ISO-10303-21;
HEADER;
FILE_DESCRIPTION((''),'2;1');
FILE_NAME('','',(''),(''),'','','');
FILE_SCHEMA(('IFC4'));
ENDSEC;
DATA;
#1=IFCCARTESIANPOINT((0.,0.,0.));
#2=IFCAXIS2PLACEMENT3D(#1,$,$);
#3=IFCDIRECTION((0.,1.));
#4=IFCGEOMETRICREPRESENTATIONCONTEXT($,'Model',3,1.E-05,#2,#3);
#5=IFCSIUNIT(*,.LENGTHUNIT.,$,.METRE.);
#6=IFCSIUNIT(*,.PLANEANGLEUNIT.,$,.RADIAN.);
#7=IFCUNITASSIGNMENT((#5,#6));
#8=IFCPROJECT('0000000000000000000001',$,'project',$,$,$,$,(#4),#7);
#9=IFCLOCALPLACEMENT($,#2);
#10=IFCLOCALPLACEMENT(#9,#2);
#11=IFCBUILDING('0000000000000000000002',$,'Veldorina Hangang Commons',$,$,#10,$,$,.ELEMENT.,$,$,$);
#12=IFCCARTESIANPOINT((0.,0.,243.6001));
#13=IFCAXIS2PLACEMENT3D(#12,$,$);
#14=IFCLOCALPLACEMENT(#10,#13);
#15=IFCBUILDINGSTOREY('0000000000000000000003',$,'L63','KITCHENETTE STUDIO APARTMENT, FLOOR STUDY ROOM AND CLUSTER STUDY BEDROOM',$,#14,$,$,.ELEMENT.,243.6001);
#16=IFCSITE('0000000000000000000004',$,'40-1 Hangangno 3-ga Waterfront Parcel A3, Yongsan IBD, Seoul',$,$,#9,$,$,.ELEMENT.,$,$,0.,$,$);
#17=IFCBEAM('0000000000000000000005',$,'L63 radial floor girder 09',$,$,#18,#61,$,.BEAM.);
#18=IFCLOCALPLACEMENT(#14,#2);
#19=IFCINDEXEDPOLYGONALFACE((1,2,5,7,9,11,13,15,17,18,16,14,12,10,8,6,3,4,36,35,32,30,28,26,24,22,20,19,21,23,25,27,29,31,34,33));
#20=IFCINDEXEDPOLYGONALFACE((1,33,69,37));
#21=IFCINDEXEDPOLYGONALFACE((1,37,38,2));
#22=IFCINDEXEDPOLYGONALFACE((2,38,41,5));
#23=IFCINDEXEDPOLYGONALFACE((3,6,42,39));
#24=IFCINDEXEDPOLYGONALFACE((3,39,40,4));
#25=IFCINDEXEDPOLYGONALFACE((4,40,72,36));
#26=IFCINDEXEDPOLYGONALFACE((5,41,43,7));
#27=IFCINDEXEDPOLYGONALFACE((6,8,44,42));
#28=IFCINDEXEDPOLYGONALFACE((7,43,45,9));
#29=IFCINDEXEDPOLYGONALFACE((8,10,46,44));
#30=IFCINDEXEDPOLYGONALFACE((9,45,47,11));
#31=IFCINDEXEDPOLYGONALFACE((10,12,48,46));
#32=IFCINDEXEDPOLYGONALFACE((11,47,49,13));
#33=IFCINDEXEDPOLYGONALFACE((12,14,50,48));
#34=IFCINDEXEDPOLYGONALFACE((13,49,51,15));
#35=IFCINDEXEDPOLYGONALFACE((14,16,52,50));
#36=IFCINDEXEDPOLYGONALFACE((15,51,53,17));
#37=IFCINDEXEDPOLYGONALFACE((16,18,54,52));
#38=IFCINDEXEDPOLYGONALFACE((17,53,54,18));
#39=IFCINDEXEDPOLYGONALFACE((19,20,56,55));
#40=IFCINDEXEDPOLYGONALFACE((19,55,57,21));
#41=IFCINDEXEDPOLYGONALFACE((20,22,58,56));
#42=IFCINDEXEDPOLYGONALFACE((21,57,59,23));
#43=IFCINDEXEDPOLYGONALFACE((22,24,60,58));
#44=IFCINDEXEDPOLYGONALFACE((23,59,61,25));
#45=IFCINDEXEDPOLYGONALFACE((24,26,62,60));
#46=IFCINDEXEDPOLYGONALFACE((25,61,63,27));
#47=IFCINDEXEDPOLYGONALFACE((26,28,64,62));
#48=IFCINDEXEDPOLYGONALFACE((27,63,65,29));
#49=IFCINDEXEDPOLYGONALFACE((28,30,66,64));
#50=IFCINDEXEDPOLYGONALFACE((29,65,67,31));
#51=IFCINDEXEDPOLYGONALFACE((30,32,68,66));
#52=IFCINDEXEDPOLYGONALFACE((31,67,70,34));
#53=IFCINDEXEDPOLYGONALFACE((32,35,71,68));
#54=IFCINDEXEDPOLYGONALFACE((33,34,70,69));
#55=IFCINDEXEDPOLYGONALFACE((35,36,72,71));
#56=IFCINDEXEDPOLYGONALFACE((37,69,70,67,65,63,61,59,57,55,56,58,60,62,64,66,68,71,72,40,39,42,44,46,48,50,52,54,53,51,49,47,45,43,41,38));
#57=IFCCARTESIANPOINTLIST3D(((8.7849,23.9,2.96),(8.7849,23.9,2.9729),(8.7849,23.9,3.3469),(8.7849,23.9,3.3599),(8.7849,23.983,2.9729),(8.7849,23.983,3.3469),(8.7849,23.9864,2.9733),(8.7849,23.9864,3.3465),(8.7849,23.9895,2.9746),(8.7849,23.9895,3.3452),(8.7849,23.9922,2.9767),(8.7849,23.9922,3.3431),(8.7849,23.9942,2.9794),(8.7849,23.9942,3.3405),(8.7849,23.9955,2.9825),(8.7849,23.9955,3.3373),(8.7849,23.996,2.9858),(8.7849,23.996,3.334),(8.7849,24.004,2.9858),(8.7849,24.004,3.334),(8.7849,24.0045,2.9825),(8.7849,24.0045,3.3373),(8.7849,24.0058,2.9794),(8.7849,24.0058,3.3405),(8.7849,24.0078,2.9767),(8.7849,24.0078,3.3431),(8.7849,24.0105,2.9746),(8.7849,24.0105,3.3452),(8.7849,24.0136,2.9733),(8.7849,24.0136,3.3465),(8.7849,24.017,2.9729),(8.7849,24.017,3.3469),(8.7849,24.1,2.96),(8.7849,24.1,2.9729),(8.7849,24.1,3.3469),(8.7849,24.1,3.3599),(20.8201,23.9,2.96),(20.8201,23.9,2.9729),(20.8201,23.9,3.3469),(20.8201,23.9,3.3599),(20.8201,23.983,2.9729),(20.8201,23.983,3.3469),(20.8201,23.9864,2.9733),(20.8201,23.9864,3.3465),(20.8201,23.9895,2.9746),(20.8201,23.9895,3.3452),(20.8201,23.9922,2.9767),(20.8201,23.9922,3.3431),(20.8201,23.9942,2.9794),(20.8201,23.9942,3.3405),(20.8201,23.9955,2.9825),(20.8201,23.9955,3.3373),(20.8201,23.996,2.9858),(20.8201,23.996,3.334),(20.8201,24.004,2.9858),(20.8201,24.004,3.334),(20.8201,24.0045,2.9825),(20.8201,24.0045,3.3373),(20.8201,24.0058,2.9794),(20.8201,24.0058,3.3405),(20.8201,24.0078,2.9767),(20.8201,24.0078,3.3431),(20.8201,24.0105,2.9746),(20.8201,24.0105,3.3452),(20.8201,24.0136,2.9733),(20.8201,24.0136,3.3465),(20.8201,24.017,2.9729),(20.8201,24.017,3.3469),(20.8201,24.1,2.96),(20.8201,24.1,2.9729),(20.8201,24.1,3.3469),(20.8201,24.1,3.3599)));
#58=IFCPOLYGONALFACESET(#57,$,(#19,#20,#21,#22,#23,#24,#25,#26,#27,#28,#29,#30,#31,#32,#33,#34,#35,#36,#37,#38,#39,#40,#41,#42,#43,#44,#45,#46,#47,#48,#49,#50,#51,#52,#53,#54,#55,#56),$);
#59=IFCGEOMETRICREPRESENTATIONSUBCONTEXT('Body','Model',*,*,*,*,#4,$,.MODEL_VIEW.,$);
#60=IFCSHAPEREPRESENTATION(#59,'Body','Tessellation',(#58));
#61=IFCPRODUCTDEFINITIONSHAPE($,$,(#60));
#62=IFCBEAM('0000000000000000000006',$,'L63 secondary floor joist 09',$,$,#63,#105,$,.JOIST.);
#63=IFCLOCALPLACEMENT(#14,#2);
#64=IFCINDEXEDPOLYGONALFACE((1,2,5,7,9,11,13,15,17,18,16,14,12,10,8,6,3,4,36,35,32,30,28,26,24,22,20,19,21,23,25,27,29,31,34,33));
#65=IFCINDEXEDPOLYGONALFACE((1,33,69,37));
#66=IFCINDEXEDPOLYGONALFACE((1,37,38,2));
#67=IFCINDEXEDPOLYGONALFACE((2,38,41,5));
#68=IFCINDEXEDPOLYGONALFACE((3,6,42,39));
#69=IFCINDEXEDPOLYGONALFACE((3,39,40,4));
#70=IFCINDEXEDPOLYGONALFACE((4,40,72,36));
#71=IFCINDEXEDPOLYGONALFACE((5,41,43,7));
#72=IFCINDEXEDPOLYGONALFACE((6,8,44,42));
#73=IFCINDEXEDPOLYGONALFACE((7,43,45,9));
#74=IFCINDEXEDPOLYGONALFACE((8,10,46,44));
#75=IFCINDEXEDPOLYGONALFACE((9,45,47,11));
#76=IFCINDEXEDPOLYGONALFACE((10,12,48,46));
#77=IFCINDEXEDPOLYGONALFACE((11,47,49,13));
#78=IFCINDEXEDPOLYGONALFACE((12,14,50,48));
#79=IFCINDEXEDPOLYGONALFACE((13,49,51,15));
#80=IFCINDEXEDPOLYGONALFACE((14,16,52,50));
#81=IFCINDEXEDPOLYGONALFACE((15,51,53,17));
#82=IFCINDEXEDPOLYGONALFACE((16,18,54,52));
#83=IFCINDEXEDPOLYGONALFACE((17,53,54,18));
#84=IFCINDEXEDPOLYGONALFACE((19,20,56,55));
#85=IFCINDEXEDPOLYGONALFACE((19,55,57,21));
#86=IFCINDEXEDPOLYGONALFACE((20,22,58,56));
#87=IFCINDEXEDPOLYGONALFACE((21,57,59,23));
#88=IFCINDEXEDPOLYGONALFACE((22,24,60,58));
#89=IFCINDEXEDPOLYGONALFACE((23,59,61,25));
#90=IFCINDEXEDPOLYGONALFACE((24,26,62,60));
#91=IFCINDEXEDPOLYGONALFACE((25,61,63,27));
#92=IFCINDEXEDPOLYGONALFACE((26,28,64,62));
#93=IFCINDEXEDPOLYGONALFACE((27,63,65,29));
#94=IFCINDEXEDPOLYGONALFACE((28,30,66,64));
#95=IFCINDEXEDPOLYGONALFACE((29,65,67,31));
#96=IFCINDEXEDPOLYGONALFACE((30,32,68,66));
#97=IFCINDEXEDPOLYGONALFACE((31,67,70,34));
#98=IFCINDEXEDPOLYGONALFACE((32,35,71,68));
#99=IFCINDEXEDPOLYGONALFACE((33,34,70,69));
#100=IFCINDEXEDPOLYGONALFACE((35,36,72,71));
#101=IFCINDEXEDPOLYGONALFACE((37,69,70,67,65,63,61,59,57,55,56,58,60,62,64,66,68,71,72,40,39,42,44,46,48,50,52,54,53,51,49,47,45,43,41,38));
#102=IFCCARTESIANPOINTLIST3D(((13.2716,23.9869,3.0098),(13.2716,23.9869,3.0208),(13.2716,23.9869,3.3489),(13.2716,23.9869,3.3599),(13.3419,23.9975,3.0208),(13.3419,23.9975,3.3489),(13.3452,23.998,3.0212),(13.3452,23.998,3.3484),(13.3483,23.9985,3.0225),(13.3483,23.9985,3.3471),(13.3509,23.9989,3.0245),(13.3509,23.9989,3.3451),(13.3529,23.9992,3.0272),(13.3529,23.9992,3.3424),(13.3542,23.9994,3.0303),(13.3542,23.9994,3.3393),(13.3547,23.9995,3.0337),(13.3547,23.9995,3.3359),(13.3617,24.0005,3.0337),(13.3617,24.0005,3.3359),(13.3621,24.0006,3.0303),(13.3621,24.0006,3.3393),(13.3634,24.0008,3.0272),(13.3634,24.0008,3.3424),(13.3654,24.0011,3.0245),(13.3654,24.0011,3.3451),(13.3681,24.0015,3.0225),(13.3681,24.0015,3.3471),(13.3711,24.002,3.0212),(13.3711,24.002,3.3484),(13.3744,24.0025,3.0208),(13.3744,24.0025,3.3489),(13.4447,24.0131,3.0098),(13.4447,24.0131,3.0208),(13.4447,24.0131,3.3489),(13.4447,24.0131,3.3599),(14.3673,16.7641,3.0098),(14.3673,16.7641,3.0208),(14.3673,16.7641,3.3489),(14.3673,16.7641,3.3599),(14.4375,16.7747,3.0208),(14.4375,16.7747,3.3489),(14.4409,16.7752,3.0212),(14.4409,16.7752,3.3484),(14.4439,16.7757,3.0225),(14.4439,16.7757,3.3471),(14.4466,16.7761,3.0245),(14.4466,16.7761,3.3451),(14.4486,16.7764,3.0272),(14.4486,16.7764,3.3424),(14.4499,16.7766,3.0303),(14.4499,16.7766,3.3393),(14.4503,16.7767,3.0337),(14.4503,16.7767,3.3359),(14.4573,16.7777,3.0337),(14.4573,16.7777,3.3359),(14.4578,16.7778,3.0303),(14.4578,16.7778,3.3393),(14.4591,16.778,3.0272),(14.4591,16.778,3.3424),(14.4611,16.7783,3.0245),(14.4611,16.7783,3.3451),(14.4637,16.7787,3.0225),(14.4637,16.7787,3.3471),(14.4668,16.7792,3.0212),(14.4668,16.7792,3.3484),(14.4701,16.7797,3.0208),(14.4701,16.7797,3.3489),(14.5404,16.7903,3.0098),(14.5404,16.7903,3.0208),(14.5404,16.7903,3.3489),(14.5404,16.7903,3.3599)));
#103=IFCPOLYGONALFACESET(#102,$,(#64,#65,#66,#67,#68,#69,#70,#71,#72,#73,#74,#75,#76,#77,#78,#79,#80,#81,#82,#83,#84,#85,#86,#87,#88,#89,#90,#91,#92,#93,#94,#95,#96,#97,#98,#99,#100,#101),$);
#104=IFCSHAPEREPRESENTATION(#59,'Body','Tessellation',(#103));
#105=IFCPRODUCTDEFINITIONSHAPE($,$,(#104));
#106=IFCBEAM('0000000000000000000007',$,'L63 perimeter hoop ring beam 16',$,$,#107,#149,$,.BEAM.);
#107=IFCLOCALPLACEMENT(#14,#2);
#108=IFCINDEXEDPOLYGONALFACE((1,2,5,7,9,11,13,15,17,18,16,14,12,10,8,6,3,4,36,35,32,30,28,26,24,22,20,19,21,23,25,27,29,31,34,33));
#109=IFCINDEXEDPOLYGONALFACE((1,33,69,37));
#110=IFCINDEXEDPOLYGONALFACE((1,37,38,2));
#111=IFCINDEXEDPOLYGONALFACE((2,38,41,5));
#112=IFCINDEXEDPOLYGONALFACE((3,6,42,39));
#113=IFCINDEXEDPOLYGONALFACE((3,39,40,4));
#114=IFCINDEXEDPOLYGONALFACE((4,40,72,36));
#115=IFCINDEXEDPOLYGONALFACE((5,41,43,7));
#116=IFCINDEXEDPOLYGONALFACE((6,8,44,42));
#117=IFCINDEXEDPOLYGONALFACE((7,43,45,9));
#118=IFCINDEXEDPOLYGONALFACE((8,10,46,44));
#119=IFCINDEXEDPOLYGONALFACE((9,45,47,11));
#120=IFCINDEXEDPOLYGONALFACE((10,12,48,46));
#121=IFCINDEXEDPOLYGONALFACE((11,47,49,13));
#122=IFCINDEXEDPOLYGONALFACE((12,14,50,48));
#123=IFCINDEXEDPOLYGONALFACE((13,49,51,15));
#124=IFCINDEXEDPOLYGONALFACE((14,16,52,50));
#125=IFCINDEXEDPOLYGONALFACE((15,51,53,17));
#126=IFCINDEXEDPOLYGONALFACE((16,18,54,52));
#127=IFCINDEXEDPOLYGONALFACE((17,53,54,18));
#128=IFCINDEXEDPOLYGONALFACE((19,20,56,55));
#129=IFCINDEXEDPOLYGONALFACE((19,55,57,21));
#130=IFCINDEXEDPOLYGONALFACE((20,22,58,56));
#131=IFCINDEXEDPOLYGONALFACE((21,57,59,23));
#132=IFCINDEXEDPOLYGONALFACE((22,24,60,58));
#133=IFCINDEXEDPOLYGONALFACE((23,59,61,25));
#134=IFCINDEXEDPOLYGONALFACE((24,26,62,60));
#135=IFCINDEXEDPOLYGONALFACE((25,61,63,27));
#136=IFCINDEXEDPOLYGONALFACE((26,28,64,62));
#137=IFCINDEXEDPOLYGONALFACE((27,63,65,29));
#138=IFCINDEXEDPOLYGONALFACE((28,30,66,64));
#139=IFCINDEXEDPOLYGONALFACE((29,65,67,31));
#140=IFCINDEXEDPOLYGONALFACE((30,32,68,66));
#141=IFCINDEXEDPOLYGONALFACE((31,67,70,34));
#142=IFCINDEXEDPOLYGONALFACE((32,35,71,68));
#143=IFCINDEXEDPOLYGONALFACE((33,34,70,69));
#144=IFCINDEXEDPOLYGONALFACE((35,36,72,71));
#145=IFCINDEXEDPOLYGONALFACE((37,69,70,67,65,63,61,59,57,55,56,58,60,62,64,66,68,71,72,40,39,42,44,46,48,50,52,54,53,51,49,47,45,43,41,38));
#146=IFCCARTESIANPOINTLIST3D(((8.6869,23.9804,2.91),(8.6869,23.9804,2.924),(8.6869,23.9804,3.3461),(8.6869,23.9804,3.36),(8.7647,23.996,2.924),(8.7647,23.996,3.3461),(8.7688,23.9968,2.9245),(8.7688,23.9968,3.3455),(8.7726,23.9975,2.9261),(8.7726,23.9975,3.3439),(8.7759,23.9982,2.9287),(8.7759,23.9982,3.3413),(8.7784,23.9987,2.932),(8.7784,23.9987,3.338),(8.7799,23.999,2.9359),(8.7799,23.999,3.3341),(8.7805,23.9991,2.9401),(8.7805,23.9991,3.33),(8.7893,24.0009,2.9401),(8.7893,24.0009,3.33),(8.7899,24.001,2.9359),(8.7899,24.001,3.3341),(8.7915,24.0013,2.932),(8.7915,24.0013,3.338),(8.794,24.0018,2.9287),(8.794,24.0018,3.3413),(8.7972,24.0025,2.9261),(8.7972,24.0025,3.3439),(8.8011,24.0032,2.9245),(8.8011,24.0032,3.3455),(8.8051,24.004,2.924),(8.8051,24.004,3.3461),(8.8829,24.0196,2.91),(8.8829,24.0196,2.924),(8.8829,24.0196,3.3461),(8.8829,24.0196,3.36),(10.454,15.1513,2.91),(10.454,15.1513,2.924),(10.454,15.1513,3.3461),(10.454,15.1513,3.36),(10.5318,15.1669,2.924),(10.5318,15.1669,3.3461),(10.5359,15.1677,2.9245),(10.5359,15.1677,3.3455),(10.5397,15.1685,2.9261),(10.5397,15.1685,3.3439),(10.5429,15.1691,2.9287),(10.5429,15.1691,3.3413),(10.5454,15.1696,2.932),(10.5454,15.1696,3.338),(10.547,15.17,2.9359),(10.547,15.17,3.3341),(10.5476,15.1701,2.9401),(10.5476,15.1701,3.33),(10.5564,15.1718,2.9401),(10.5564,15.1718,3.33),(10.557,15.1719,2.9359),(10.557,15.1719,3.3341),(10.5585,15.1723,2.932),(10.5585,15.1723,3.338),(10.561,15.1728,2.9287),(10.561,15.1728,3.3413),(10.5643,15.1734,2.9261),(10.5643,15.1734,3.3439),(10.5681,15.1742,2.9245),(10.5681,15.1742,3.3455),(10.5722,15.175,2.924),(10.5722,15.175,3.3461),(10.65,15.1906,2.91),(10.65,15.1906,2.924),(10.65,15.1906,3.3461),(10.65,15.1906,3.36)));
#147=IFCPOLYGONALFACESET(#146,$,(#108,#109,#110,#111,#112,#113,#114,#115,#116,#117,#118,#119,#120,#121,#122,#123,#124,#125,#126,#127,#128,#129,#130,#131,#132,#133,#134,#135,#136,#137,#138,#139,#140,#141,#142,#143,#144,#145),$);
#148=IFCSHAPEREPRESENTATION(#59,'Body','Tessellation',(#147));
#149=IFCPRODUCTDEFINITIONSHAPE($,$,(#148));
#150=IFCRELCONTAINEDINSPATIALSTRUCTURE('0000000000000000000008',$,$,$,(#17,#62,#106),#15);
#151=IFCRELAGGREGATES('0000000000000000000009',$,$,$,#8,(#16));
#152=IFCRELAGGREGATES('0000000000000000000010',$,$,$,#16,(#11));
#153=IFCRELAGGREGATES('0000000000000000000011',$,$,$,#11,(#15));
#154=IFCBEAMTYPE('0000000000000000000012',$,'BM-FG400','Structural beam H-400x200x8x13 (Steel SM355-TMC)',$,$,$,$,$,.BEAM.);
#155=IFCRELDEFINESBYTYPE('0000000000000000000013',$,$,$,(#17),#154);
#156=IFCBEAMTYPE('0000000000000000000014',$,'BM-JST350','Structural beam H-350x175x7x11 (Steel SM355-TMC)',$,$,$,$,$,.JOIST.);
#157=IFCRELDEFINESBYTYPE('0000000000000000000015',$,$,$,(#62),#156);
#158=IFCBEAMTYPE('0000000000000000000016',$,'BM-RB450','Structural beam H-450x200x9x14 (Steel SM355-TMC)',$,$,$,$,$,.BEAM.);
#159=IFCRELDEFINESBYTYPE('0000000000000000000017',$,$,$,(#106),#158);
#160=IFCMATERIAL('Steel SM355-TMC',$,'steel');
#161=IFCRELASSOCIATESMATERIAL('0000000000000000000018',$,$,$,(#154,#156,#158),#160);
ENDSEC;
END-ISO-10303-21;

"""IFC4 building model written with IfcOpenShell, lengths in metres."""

from ifc_helpers import new_model, si_unit, direction, frame, origin, origin_2d, place, context, subcontext, project, spatial, i_section, extrude, material, material_profile, profile_set, type_object, element, save


model = new_model("IFC4")

# Units and contexts
model_context = context("Model", 3, precision=1e-05, world=origin(), true_north=direction((0.0, 1.0)))
body_context = subcontext(model_context, "Body", "Model", "MODEL_VIEW")
ifc_project = project(units=[si_unit("LENGTHUNIT", "METRE"), si_unit("PLANEANGLEUNIT", "RADIAN")], contexts=[model_context])

# Site, building, storey
site_placement = place(None, origin())
site = spatial("IfcSite", under=ifc_project, at=site_placement, Name="40-1 Hangangno 3-ga Waterfront Parcel A3, Yongsan IBD, Seoul", CompositionType="ELEMENT", RefElevation=0.0)
building_placement = place(site_placement, origin())
building = spatial("IfcBuilding", under=site, at=building_placement, Name="Veldorina Hangang Commons", CompositionType="ELEMENT")
storey_placement = place(building_placement, frame((0.0, 0.0, 243.6001)))
storey = spatial("IfcBuildingStorey", under=building, at=storey_placement, Name="L63", Description="KITCHENETTE STUDIO APARTMENT, FLOOR STUDY ROOM AND CLUSTER STUDY BEDROOM", CompositionType="ELEMENT", Elevation=243.6001)

# Beams
ifc_material_1 = material(Name="Steel SM355-TMC", Category="steel")
ifc_material_profile_1 = material_profile(ifc_material_1, i_section(OverallWidth=0.2, OverallDepth=0.3999, WebThickness=0.0081, FlangeThickness=0.0129, FilletRadius=0.0129, at=origin_2d()), Name="H-400x200x8x13")
ifc_profile_set_1 = profile_set([ifc_material_profile_1], Name="Steel SM355-TMC")
beam_type_1 = type_object("IfcBeamType", Name="BM-FG400", Description="Structural beam H-400x200x8x13 (Steel SM355-TMC)", PredefinedType="BEAM", material=ifc_profile_set_1)
beam_1_placement = place(storey_placement, frame((20.8201, 24.0, 3.1599), z_axis=(-1.0, 0.0, 0.0), x_axis=(0.0, -1.0, 0.0)))
element("IfcBeam", 1, at=beam_1_placement, inside=storey, type_object=beam_type_1, Name="L63 radial floor girder 09", PredefinedType="BEAM", context=body_context, shape_type="SweptSolid", body=[
    extrude(i_section(OverallWidth=0.2, OverallDepth=0.3999, WebThickness=0.0081, FlangeThickness=0.0129, FilletRadius=0.0129, at=origin_2d()), origin(), (0.0, 0.0, 1.0), 12.0352),
])
ifc_material_profile_2 = material_profile(ifc_material_1, i_section(OverallWidth=0.175, OverallDepth=0.3501, WebThickness=0.0071, FlangeThickness=0.011, FilletRadius=0.0129, at=origin_2d()), Name="H-350x175x7x11")
ifc_profile_set_2 = profile_set([ifc_material_profile_2], Name="Steel SM355-TMC")
beam_type_2 = type_object("IfcBeamType", Name="BM-JST350", Description="Structural beam H-350x175x7x11 (Steel SM355-TMC)", PredefinedType="JOIST", material=ifc_profile_set_2)
beam_2_placement = place(storey_placement, frame((13.3582, 24.0, 3.1848), z_axis=(0.149983, -0.988689, 0.0), x_axis=(0.988689, 0.149983, 0.0)))
element("IfcBeam", 2, at=beam_2_placement, inside=storey, type_object=beam_type_2, Name="L63 secondary floor joist 09", PredefinedType="JOIST", context=body_context, shape_type="SweptSolid", body=[
    extrude(i_section(OverallWidth=0.175, OverallDepth=0.3501, WebThickness=0.0071, FlangeThickness=0.011, FilletRadius=0.0129, at=origin_2d()), origin(), (0.0, 0.0, 1.0), 7.3054),
])
ifc_material_profile_3 = material_profile(ifc_material_1, i_section(OverallWidth=0.2, OverallDepth=0.45, WebThickness=0.009, FlangeThickness=0.0139, FilletRadius=0.0161, at=origin_2d()), Name="H-450x200x9x14")
ifc_profile_set_3 = profile_set([ifc_material_profile_3], Name="Steel SM355-TMC")
beam_type_3 = type_object("IfcBeamType", Name="BM-RB450", Description="Structural beam H-450x200x9x14 (Steel SM355-TMC)", PredefinedType="BEAM", material=ifc_profile_set_3)
beam_3_placement = place(storey_placement, frame((8.7849, 24.0, 3.135), z_axis=(0.196252, -0.980554, 0.0), x_axis=(0.980554, 0.196252, 0.0)))
element("IfcBeam", 3, at=beam_3_placement, inside=storey, type_object=beam_type_3, Name="L63 perimeter hoop ring beam 16", PredefinedType="BEAM", context=body_context, shape_type="SweptSolid", body=[
    extrude(i_section(OverallWidth=0.2, OverallDepth=0.45, WebThickness=0.009, FlangeThickness=0.0139, FilletRadius=0.0161, at=origin_2d()), origin(), (0.0, 0.0, 1.0), 9.0042),
])

save(model, "model.ifc")
